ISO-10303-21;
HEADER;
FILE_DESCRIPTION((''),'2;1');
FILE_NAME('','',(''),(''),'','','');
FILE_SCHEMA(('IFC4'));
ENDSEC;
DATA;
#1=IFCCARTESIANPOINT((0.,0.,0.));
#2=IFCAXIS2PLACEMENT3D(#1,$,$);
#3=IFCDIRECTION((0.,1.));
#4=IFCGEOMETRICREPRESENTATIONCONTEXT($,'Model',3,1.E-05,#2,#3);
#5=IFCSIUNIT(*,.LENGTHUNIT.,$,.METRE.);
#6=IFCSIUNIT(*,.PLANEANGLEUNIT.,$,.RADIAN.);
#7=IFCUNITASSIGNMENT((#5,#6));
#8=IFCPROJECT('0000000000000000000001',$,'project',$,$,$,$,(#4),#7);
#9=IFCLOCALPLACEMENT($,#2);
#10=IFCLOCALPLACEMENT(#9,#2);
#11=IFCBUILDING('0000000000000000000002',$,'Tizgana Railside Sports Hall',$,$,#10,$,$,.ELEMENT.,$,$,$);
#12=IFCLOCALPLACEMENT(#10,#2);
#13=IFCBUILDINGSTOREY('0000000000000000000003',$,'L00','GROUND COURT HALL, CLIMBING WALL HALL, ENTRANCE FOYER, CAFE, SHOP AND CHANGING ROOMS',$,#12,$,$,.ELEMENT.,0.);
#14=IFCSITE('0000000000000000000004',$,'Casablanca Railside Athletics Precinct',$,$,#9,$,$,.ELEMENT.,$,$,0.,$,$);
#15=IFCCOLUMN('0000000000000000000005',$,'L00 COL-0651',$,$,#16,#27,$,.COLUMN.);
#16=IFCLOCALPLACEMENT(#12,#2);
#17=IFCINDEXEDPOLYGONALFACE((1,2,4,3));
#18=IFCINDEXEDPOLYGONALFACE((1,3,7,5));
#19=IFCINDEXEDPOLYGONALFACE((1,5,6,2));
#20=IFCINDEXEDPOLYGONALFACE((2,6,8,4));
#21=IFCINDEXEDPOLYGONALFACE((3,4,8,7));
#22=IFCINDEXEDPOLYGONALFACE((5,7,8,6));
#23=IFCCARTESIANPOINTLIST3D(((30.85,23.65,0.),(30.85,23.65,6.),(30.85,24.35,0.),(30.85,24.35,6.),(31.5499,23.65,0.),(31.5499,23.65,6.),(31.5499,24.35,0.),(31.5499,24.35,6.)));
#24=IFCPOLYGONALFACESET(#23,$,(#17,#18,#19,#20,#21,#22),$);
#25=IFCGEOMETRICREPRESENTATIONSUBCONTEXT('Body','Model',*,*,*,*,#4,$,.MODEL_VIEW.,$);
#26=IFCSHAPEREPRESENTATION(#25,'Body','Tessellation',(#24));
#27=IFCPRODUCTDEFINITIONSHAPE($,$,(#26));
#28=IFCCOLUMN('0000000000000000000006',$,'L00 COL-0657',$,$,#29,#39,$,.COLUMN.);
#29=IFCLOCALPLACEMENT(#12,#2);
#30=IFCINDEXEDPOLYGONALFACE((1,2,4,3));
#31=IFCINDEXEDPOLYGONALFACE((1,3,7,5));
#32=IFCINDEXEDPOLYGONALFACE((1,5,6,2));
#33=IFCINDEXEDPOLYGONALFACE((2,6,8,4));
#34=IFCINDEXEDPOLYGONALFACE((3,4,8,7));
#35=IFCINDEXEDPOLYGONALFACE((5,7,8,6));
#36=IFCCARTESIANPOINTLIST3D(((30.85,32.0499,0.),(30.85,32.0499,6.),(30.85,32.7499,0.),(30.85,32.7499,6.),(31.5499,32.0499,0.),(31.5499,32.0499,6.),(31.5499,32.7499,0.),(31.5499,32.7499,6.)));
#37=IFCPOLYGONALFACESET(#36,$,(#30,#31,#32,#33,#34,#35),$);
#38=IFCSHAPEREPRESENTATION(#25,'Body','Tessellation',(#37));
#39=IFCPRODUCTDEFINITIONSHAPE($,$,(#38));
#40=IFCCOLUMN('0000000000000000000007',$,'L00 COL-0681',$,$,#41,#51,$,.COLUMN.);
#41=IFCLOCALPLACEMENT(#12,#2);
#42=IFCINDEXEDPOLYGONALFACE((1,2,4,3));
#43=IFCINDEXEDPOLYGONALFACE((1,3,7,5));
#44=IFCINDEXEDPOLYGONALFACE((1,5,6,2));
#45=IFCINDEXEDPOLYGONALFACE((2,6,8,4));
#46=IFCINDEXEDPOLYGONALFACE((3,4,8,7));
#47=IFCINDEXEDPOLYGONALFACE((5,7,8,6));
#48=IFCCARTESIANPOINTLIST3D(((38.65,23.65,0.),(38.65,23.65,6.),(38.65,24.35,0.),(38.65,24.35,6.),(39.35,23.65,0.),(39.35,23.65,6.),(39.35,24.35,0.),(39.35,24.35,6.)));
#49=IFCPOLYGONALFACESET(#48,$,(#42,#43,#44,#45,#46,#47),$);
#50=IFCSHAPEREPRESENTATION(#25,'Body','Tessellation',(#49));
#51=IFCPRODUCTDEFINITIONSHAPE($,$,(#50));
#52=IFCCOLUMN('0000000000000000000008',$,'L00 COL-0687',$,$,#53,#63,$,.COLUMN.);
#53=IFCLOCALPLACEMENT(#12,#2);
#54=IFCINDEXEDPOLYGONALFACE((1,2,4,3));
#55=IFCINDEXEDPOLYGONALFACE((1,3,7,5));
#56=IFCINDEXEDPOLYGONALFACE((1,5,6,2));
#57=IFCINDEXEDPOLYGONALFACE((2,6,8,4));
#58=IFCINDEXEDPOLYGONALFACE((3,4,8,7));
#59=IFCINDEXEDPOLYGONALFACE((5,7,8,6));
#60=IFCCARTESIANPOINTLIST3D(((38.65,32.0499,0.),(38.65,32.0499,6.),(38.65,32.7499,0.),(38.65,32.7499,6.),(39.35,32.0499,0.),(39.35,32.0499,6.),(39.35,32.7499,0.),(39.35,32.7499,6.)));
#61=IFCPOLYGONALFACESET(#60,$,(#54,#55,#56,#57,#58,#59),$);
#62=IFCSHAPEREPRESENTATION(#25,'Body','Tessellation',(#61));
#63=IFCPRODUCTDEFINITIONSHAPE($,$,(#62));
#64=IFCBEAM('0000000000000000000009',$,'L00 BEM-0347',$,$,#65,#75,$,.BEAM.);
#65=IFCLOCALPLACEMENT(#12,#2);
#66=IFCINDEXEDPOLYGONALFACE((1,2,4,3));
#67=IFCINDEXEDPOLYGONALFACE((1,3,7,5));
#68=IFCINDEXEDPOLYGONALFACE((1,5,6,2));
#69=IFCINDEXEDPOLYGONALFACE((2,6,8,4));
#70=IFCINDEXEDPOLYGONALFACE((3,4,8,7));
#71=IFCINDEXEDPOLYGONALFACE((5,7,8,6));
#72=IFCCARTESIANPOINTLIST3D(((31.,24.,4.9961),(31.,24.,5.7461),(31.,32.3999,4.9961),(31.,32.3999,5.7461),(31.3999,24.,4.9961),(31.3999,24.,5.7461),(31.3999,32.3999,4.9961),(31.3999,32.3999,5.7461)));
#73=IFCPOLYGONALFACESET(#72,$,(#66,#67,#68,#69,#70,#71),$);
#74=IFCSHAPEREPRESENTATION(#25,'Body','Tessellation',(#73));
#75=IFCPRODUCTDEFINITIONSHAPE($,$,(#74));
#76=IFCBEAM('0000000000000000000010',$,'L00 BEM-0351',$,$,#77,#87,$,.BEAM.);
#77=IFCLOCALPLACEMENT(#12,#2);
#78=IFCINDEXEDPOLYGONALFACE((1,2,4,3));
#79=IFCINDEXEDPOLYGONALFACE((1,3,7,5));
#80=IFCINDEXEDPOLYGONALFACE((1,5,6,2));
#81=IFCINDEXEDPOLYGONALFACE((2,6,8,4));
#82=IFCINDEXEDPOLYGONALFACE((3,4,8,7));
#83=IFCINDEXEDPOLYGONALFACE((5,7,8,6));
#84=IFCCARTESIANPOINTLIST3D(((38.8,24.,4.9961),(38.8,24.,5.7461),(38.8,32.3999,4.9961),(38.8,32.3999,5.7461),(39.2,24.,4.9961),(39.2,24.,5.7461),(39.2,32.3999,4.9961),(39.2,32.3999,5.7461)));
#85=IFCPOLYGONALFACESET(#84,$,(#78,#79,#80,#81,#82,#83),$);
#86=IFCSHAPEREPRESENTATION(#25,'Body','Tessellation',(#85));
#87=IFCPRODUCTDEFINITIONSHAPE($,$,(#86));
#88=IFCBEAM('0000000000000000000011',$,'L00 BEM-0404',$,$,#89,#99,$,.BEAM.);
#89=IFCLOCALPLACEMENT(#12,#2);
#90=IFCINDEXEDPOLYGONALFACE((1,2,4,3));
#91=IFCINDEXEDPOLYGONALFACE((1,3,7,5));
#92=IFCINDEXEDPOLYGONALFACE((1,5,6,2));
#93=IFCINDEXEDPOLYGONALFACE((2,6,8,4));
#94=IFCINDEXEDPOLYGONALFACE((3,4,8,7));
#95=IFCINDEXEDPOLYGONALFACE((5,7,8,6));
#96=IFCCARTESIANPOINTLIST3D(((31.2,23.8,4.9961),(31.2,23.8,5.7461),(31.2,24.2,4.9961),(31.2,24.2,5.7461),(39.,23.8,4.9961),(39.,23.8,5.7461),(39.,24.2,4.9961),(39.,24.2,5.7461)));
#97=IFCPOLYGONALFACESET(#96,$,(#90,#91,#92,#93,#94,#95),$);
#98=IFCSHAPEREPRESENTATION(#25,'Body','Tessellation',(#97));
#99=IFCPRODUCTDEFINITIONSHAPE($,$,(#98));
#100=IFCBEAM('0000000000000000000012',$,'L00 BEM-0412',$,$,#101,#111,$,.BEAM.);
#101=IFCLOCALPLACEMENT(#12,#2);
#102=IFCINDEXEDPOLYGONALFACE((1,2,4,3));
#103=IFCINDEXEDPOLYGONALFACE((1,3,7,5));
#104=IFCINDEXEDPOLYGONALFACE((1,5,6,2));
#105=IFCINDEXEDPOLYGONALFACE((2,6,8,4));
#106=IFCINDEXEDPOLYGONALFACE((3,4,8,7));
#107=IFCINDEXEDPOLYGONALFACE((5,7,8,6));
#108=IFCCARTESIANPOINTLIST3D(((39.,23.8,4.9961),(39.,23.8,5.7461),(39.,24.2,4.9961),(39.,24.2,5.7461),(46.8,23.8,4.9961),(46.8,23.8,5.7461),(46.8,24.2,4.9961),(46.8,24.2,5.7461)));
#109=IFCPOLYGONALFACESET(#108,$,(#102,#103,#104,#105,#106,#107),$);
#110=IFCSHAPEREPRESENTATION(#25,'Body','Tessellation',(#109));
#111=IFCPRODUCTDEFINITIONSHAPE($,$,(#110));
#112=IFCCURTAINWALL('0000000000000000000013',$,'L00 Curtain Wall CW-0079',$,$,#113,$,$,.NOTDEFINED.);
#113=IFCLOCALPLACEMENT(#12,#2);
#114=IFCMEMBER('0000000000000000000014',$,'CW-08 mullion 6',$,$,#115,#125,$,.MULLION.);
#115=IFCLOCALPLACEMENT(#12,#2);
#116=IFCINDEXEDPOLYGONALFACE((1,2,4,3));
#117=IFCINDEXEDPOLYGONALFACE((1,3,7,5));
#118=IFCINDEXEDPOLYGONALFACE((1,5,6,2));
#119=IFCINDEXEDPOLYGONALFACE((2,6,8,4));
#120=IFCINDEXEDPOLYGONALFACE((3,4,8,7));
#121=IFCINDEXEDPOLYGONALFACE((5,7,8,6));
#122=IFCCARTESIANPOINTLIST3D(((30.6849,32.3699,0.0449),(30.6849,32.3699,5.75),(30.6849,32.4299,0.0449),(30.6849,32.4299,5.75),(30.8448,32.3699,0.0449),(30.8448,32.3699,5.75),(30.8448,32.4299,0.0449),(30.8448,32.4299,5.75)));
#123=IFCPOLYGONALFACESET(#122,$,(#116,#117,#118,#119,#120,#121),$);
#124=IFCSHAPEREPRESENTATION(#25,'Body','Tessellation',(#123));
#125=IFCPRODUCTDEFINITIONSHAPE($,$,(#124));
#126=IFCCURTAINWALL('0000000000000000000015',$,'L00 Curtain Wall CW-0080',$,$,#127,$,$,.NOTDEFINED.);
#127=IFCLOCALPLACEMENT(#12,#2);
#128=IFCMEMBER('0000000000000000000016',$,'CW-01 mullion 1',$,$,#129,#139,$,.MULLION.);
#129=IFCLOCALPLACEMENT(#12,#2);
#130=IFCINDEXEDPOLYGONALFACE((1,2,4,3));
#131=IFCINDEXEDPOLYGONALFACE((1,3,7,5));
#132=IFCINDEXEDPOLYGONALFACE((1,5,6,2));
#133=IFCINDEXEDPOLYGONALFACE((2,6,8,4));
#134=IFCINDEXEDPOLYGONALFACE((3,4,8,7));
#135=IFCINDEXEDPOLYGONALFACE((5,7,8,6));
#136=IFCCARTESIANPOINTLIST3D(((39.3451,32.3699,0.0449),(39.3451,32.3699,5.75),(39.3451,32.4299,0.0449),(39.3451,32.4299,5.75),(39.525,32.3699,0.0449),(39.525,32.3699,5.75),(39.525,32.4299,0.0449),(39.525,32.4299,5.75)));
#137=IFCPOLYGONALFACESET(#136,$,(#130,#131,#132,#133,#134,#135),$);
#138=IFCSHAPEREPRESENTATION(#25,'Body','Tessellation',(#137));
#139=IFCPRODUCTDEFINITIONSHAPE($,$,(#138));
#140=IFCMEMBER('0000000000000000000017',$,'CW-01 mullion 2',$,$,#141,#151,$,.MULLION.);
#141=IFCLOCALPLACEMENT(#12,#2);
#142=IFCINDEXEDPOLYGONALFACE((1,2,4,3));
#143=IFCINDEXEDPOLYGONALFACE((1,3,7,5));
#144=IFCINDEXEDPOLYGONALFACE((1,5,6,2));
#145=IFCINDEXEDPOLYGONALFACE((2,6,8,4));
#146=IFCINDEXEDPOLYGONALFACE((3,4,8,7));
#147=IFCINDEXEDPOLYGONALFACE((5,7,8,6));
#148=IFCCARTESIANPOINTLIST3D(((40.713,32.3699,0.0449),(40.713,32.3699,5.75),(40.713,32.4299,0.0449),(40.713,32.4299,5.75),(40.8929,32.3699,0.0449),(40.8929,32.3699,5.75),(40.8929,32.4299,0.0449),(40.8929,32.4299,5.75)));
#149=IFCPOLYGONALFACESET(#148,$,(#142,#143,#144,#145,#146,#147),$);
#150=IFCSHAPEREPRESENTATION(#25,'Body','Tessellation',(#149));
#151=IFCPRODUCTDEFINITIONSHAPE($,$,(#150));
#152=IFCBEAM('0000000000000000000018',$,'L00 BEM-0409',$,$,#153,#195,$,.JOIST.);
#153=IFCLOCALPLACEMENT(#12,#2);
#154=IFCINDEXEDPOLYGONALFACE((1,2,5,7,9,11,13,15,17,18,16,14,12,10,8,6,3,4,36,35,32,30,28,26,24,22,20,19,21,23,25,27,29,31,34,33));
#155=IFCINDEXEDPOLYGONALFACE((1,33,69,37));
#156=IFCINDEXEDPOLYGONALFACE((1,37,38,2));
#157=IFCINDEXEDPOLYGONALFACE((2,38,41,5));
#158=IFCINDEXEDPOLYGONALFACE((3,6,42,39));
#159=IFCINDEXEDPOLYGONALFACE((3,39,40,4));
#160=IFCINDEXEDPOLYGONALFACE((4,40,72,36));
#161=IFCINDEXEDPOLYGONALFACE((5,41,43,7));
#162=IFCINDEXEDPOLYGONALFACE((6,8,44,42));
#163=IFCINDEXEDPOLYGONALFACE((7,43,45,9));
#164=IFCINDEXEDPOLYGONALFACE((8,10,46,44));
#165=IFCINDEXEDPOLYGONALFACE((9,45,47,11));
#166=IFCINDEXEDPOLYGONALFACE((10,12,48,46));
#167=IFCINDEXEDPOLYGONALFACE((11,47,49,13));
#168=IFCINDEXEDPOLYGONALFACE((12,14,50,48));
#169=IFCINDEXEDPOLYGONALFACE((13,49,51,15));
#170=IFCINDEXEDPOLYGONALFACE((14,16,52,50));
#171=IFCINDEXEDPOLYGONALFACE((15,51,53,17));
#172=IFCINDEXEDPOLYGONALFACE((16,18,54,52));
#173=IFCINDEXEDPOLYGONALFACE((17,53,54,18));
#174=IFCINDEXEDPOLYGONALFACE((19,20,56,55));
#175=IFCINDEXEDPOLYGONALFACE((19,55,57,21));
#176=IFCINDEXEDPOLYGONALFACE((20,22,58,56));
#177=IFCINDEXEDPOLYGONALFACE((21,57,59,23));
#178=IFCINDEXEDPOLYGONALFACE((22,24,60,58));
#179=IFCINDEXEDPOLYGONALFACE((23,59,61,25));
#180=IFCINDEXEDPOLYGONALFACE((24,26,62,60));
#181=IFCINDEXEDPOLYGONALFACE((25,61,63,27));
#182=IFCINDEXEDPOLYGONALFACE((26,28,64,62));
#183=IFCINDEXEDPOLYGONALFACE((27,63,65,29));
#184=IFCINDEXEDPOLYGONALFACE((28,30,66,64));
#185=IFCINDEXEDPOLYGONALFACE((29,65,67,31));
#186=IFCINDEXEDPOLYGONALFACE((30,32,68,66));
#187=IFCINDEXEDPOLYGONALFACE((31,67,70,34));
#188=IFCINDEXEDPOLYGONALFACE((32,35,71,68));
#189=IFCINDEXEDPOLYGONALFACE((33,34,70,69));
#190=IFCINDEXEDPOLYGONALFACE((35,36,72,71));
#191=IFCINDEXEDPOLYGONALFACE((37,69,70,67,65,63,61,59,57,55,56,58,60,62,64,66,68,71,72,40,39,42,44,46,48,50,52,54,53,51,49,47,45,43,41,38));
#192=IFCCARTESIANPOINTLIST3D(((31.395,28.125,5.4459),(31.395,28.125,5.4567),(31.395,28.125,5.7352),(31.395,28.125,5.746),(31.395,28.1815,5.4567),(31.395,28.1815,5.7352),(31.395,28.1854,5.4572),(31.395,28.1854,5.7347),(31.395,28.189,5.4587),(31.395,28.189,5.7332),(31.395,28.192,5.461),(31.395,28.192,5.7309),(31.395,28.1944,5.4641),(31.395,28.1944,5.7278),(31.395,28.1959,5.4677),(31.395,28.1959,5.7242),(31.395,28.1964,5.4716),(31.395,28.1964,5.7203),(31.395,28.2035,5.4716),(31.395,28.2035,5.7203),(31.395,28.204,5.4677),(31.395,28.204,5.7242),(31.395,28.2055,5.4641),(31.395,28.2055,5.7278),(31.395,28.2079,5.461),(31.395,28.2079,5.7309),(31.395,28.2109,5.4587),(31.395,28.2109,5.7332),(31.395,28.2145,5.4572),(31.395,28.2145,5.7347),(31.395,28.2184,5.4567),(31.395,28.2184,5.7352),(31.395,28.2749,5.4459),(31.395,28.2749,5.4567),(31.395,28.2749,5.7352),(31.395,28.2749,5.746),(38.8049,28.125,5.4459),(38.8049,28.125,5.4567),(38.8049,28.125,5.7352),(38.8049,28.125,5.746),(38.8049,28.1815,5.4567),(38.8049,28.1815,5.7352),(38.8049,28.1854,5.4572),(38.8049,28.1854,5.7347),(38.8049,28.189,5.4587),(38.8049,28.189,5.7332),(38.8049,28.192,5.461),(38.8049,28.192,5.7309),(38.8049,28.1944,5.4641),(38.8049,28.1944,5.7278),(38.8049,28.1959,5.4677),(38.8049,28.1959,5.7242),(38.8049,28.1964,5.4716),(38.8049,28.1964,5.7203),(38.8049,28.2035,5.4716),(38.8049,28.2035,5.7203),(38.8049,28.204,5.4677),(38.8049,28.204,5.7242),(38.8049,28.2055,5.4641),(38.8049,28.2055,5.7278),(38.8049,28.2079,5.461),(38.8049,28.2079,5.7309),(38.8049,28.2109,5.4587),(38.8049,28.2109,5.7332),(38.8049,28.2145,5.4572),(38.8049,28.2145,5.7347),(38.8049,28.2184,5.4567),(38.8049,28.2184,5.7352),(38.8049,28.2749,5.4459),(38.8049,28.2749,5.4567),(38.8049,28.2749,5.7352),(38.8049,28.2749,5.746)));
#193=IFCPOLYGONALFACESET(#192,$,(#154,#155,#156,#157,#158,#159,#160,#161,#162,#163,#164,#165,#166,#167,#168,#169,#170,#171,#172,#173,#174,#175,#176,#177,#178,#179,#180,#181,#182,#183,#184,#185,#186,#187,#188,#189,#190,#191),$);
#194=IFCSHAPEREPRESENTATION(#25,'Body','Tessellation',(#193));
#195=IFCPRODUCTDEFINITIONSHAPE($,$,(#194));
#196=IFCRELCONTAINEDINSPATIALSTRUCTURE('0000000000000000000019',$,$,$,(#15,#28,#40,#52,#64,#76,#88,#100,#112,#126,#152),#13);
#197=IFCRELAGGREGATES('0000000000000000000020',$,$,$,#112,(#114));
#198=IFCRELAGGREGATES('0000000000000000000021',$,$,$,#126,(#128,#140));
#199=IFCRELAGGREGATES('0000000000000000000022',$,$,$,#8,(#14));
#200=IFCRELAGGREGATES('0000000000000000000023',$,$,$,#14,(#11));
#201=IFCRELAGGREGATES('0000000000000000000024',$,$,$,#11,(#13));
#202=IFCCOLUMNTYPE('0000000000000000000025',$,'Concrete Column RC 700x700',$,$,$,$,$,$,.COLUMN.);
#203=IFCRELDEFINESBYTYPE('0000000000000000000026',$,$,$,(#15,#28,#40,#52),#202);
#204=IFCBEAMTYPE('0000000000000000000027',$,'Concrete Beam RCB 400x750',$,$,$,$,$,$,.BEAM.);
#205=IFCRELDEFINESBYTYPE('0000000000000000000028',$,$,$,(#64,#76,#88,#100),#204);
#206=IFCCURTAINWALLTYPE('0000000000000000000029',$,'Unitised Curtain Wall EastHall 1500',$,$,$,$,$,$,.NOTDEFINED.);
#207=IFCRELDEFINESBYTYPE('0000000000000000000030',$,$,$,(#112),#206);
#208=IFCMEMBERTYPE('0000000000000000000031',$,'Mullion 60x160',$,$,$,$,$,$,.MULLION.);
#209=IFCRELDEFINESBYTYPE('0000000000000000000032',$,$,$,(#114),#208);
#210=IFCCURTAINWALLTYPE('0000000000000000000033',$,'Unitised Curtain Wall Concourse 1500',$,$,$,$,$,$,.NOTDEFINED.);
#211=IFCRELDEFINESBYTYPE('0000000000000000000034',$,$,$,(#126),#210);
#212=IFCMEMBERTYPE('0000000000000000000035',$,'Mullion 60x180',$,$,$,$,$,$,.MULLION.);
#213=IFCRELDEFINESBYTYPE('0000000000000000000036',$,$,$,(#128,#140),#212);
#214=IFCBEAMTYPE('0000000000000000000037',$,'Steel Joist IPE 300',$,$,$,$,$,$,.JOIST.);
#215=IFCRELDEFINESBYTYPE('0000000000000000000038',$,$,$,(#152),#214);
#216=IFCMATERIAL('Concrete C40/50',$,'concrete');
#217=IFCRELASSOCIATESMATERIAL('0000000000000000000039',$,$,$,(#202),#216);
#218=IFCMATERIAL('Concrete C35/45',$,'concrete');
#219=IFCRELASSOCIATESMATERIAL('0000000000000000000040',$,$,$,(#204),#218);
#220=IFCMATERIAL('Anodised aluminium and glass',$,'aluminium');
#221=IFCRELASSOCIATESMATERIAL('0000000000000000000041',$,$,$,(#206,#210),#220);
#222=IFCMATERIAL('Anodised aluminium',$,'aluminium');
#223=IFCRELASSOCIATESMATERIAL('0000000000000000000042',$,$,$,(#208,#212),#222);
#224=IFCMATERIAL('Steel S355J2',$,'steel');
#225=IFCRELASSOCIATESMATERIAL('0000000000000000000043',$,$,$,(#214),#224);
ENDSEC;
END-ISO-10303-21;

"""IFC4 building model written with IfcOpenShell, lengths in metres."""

from ifc_helpers import new_model, si_unit, direction, frame, origin, origin_2d, place, context, subcontext, project, spatial, rectangle, i_section, extrude, material, material_profile, profile_set, type_object, element, aggregate, save


model = new_model("IFC4")

# Units and contexts
model_context = context("Model", 3, precision=1e-05, world=origin(), true_north=direction((0.0, 1.0)))
body_context = subcontext(model_context, "Body", "Model", "MODEL_VIEW")
ifc_project = project(units=[si_unit("LENGTHUNIT", "METRE"), si_unit("PLANEANGLEUNIT", "RADIAN")], contexts=[model_context])

# Site, building, storey
site_placement = place(None, origin())
site = spatial("IfcSite", under=ifc_project, at=site_placement, Name="Casablanca Railside Athletics Precinct", CompositionType="ELEMENT", RefElevation=0.0)
building_placement = place(site_placement, origin())
building = spatial("IfcBuilding", under=site, at=building_placement, Name="Tizgana Railside Sports Hall", CompositionType="ELEMENT")
storey_placement = place(building_placement, origin())
storey = spatial("IfcBuildingStorey", under=building, at=storey_placement, Name="L00", Description="GROUND COURT HALL, CLIMBING WALL HALL, ENTRANCE FOYER, CAFE, SHOP AND CHANGING ROOMS", CompositionType="ELEMENT", Elevation=0.0)

# Columns
ifc_material_1 = material(Name="Concrete C40/50", Category="concrete")
ifc_material_profile_1 = material_profile(ifc_material_1, rectangle(XDim=0.7, YDim=0.7, at=origin_2d()), Name="RC 700x700")
ifc_profile_set_1 = profile_set([ifc_material_profile_1], Name="Concrete C40/50")
column_type = type_object("IfcColumnType", Name="Concrete Column RC 700x700", PredefinedType="COLUMN", material=ifc_profile_set_1)
for number, where, z_axis, x_axis, name in (
    (1, (31.2, 24.0, 0.0), (0.0, 0.0, 1.0), (1.0, 0.0, 0.0), "L00 COL-0651"),
    (2, (31.2, 32.3999, 0.0), (0.0, 0.0, 1.0), (1.0, 0.0, 0.0), "L00 COL-0657"),
    (3, (39.0, 24.0, 0.0), (0.0, 0.0, 1.0), (1.0, 0.0, 0.0), "L00 COL-0681"),
    (4, (39.0, 32.3999, 0.0), (0.0, 0.0, 1.0), (1.0, 0.0, 0.0), "L00 COL-0687"),
):
    element("IfcColumn", number, at=place(storey_placement, frame(where, z_axis=z_axis, x_axis=x_axis)), inside=storey, type_object=column_type, Name=name, PredefinedType="COLUMN", context=body_context, shape_type="SweptSolid", body=[
        extrude(rectangle(XDim=0.7, YDim=0.7, at=origin_2d()), origin(), (0.0, 0.0, 1.0), 6.0),
    ])

# Beams
ifc_material_2 = material(Name="Concrete C35/45", Category="concrete")
ifc_material_profile_2 = material_profile(ifc_material_2, rectangle(XDim=0.3999, YDim=0.75, at=origin_2d()), Name="RCB 400x750")
ifc_profile_set_2 = profile_set([ifc_material_profile_2], Name="Concrete C35/45")
beam_type_1 = type_object("IfcBeamType", Name="Concrete Beam RCB 400x750", PredefinedType="BEAM", material=ifc_profile_set_2)
for number, where, z_axis, x_axis, name in (
    (5, (31.2, 24.0, 5.3711), (0.0, 1.0, 0.0), (-1.0, 0.0, 0.0), "L00 BEM-0347"),
    (6, (39.0, 24.0, 5.3711), (0.0, 1.0, 0.0), (-1.0, 0.0, 0.0), "L00 BEM-0351"),
):
    element("IfcBeam", number, at=place(storey_placement, frame(where, z_axis=z_axis, x_axis=x_axis)), inside=storey, type_object=beam_type_1, Name=name, PredefinedType="BEAM", context=body_context, shape_type="SweptSolid", body=[
        extrude(rectangle(XDim=0.3999, YDim=0.75, at=origin_2d()), origin(), (0.0, 0.0, 1.0), 8.3999),
    ])
for number, where, z_axis, x_axis, name in (
    (7, (31.2, 24.0, 5.3711), (1.0, 0.0, 0.0), (0.0, 1.0, 0.0), "L00 BEM-0404"),
    (8, (39.0, 24.0, 5.3711), (1.0, 0.0, 0.0), (0.0, 1.0, 0.0), "L00 BEM-0412"),
):
    element("IfcBeam", number, at=place(storey_placement, frame(where, z_axis=z_axis, x_axis=x_axis)), inside=storey, type_object=beam_type_1, Name=name, PredefinedType="BEAM", context=body_context, shape_type="SweptSolid", body=[
        extrude(rectangle(XDim=0.3999, YDim=0.75, at=origin_2d()), origin(), (0.0, 0.0, 1.0), 7.8),
    ])

# Curtain wall, member
ifc_material_3 = material(Name="Anodised aluminium and glass", Category="aluminium")
curtain_wall_type_1 = type_object("IfcCurtainWallType", Name="Unitised Curtain Wall EastHall 1500", PredefinedType="NOTDEFINED", material=ifc_material_3)
curtain_wall_1_placement = place(storey_placement, origin())
curtain_wall_1 = element("IfcCurtainWall", 9, at=curtain_wall_1_placement, inside=storey, type_object=curtain_wall_type_1, Name="L00 Curtain Wall CW-0079", PredefinedType="NOTDEFINED")
ifc_material_4 = material(Name="Anodised aluminium", Category="aluminium")
ifc_material_profile_3 = material_profile(ifc_material_4, rectangle(XDim=0.0601, YDim=0.1599, at=origin_2d()), Name="Mullion 60x160")
ifc_profile_set_3 = profile_set([ifc_material_profile_3], Name="Anodised aluminium")
member_type_1 = type_object("IfcMemberType", Name="Mullion 60x160", PredefinedType="MULLION", material=ifc_profile_set_3)
member_1_placement = place(storey_placement, frame((30.7649, 32.3999, 0.0449), z_axis=(0.0, 0.0, 1.0), x_axis=(0.0, 1.0, 0.0)))
member_1 = element("IfcMember", 10, at=member_1_placement, type_object=member_type_1, Name="CW-08 mullion 6", PredefinedType="MULLION", context=body_context, shape_type="SweptSolid", body=[
    extrude(rectangle(XDim=0.0601, YDim=0.1599, at=origin_2d()), origin(), (0.0, 0.0, 1.0), 5.7051),
])

# Curtain wall, members
curtain_wall_type_2 = type_object("IfcCurtainWallType", Name="Unitised Curtain Wall Concourse 1500", PredefinedType="NOTDEFINED", material=ifc_material_3)
curtain_wall_2_placement = place(storey_placement, origin())
curtain_wall_2 = element("IfcCurtainWall", 11, at=curtain_wall_2_placement, inside=storey, type_object=curtain_wall_type_2, Name="L00 Curtain Wall CW-0080", PredefinedType="NOTDEFINED")
ifc_material_profile_4 = material_profile(ifc_material_4, rectangle(XDim=0.0601, YDim=0.1799, at=origin_2d()), Name="Mullion 60x180")
ifc_profile_set_4 = profile_set([ifc_material_profile_4], Name="Anodised aluminium")
member_type_2 = type_object("IfcMemberType", Name="Mullion 60x180", PredefinedType="MULLION", material=ifc_profile_set_4)
member_2_placement = place(storey_placement, frame((39.4351, 32.3999, 0.0449), z_axis=(0.0, 0.0, 1.0), x_axis=(0.0, 1.0, 0.0)))
member_2 = element("IfcMember", 12, at=member_2_placement, type_object=member_type_2, Name="CW-01 mullion 1", PredefinedType="MULLION", context=body_context, shape_type="SweptSolid", body=[
    extrude(rectangle(XDim=0.0601, YDim=0.1799, at=origin_2d()), origin(), (0.0, 0.0, 1.0), 5.7051),
])
member_3_placement = place(storey_placement, frame((40.803, 32.3999, 0.0449), z_axis=(0.0, 0.0, 1.0), x_axis=(0.0, 1.0, 0.0)))
member_3 = element("IfcMember", 13, at=member_3_placement, type_object=member_type_2, Name="CW-01 mullion 2", PredefinedType="MULLION", context=body_context, shape_type="SweptSolid", body=[
    extrude(rectangle(XDim=0.0601, YDim=0.1799, at=origin_2d()), origin(), (0.0, 0.0, 1.0), 5.7051),
])

# Beam
ifc_material_5 = material(Name="Steel S355J2", Category="steel")
ifc_material_profile_5 = material_profile(ifc_material_5, i_section(OverallWidth=0.1499, OverallDepth=0.3, WebThickness=0.0071, FlangeThickness=0.0107, FilletRadius=0.0149, at=origin_2d()), Name="IPE 300")
ifc_profile_set_5 = profile_set([ifc_material_profile_5], Name="Steel S355J2")
beam_type_2 = type_object("IfcBeamType", Name="Steel Joist IPE 300", PredefinedType="JOIST", material=ifc_profile_set_5)
for number, where, z_axis, x_axis, name in (
    (14, (31.395, 28.2, 5.5959), (1.0, 0.0, 0.0), (0.0, 1.0, 0.0), "L00 BEM-0409"),
):
    element("IfcBeam", number, at=place(storey_placement, frame(where, z_axis=z_axis, x_axis=x_axis)), inside=storey, type_object=beam_type_2, Name=name, PredefinedType="JOIST", context=body_context, shape_type="SweptSolid", body=[
        extrude(i_section(OverallWidth=0.1499, OverallDepth=0.3, WebThickness=0.0071, FlangeThickness=0.0107, FilletRadius=0.0149, at=origin_2d()), origin(), (0.0, 0.0, 1.0), 7.4099),
    ])

aggregate(curtain_wall_1, [member_1])
aggregate(curtain_wall_2, [member_2, member_3])

save(model, "model.ifc")
